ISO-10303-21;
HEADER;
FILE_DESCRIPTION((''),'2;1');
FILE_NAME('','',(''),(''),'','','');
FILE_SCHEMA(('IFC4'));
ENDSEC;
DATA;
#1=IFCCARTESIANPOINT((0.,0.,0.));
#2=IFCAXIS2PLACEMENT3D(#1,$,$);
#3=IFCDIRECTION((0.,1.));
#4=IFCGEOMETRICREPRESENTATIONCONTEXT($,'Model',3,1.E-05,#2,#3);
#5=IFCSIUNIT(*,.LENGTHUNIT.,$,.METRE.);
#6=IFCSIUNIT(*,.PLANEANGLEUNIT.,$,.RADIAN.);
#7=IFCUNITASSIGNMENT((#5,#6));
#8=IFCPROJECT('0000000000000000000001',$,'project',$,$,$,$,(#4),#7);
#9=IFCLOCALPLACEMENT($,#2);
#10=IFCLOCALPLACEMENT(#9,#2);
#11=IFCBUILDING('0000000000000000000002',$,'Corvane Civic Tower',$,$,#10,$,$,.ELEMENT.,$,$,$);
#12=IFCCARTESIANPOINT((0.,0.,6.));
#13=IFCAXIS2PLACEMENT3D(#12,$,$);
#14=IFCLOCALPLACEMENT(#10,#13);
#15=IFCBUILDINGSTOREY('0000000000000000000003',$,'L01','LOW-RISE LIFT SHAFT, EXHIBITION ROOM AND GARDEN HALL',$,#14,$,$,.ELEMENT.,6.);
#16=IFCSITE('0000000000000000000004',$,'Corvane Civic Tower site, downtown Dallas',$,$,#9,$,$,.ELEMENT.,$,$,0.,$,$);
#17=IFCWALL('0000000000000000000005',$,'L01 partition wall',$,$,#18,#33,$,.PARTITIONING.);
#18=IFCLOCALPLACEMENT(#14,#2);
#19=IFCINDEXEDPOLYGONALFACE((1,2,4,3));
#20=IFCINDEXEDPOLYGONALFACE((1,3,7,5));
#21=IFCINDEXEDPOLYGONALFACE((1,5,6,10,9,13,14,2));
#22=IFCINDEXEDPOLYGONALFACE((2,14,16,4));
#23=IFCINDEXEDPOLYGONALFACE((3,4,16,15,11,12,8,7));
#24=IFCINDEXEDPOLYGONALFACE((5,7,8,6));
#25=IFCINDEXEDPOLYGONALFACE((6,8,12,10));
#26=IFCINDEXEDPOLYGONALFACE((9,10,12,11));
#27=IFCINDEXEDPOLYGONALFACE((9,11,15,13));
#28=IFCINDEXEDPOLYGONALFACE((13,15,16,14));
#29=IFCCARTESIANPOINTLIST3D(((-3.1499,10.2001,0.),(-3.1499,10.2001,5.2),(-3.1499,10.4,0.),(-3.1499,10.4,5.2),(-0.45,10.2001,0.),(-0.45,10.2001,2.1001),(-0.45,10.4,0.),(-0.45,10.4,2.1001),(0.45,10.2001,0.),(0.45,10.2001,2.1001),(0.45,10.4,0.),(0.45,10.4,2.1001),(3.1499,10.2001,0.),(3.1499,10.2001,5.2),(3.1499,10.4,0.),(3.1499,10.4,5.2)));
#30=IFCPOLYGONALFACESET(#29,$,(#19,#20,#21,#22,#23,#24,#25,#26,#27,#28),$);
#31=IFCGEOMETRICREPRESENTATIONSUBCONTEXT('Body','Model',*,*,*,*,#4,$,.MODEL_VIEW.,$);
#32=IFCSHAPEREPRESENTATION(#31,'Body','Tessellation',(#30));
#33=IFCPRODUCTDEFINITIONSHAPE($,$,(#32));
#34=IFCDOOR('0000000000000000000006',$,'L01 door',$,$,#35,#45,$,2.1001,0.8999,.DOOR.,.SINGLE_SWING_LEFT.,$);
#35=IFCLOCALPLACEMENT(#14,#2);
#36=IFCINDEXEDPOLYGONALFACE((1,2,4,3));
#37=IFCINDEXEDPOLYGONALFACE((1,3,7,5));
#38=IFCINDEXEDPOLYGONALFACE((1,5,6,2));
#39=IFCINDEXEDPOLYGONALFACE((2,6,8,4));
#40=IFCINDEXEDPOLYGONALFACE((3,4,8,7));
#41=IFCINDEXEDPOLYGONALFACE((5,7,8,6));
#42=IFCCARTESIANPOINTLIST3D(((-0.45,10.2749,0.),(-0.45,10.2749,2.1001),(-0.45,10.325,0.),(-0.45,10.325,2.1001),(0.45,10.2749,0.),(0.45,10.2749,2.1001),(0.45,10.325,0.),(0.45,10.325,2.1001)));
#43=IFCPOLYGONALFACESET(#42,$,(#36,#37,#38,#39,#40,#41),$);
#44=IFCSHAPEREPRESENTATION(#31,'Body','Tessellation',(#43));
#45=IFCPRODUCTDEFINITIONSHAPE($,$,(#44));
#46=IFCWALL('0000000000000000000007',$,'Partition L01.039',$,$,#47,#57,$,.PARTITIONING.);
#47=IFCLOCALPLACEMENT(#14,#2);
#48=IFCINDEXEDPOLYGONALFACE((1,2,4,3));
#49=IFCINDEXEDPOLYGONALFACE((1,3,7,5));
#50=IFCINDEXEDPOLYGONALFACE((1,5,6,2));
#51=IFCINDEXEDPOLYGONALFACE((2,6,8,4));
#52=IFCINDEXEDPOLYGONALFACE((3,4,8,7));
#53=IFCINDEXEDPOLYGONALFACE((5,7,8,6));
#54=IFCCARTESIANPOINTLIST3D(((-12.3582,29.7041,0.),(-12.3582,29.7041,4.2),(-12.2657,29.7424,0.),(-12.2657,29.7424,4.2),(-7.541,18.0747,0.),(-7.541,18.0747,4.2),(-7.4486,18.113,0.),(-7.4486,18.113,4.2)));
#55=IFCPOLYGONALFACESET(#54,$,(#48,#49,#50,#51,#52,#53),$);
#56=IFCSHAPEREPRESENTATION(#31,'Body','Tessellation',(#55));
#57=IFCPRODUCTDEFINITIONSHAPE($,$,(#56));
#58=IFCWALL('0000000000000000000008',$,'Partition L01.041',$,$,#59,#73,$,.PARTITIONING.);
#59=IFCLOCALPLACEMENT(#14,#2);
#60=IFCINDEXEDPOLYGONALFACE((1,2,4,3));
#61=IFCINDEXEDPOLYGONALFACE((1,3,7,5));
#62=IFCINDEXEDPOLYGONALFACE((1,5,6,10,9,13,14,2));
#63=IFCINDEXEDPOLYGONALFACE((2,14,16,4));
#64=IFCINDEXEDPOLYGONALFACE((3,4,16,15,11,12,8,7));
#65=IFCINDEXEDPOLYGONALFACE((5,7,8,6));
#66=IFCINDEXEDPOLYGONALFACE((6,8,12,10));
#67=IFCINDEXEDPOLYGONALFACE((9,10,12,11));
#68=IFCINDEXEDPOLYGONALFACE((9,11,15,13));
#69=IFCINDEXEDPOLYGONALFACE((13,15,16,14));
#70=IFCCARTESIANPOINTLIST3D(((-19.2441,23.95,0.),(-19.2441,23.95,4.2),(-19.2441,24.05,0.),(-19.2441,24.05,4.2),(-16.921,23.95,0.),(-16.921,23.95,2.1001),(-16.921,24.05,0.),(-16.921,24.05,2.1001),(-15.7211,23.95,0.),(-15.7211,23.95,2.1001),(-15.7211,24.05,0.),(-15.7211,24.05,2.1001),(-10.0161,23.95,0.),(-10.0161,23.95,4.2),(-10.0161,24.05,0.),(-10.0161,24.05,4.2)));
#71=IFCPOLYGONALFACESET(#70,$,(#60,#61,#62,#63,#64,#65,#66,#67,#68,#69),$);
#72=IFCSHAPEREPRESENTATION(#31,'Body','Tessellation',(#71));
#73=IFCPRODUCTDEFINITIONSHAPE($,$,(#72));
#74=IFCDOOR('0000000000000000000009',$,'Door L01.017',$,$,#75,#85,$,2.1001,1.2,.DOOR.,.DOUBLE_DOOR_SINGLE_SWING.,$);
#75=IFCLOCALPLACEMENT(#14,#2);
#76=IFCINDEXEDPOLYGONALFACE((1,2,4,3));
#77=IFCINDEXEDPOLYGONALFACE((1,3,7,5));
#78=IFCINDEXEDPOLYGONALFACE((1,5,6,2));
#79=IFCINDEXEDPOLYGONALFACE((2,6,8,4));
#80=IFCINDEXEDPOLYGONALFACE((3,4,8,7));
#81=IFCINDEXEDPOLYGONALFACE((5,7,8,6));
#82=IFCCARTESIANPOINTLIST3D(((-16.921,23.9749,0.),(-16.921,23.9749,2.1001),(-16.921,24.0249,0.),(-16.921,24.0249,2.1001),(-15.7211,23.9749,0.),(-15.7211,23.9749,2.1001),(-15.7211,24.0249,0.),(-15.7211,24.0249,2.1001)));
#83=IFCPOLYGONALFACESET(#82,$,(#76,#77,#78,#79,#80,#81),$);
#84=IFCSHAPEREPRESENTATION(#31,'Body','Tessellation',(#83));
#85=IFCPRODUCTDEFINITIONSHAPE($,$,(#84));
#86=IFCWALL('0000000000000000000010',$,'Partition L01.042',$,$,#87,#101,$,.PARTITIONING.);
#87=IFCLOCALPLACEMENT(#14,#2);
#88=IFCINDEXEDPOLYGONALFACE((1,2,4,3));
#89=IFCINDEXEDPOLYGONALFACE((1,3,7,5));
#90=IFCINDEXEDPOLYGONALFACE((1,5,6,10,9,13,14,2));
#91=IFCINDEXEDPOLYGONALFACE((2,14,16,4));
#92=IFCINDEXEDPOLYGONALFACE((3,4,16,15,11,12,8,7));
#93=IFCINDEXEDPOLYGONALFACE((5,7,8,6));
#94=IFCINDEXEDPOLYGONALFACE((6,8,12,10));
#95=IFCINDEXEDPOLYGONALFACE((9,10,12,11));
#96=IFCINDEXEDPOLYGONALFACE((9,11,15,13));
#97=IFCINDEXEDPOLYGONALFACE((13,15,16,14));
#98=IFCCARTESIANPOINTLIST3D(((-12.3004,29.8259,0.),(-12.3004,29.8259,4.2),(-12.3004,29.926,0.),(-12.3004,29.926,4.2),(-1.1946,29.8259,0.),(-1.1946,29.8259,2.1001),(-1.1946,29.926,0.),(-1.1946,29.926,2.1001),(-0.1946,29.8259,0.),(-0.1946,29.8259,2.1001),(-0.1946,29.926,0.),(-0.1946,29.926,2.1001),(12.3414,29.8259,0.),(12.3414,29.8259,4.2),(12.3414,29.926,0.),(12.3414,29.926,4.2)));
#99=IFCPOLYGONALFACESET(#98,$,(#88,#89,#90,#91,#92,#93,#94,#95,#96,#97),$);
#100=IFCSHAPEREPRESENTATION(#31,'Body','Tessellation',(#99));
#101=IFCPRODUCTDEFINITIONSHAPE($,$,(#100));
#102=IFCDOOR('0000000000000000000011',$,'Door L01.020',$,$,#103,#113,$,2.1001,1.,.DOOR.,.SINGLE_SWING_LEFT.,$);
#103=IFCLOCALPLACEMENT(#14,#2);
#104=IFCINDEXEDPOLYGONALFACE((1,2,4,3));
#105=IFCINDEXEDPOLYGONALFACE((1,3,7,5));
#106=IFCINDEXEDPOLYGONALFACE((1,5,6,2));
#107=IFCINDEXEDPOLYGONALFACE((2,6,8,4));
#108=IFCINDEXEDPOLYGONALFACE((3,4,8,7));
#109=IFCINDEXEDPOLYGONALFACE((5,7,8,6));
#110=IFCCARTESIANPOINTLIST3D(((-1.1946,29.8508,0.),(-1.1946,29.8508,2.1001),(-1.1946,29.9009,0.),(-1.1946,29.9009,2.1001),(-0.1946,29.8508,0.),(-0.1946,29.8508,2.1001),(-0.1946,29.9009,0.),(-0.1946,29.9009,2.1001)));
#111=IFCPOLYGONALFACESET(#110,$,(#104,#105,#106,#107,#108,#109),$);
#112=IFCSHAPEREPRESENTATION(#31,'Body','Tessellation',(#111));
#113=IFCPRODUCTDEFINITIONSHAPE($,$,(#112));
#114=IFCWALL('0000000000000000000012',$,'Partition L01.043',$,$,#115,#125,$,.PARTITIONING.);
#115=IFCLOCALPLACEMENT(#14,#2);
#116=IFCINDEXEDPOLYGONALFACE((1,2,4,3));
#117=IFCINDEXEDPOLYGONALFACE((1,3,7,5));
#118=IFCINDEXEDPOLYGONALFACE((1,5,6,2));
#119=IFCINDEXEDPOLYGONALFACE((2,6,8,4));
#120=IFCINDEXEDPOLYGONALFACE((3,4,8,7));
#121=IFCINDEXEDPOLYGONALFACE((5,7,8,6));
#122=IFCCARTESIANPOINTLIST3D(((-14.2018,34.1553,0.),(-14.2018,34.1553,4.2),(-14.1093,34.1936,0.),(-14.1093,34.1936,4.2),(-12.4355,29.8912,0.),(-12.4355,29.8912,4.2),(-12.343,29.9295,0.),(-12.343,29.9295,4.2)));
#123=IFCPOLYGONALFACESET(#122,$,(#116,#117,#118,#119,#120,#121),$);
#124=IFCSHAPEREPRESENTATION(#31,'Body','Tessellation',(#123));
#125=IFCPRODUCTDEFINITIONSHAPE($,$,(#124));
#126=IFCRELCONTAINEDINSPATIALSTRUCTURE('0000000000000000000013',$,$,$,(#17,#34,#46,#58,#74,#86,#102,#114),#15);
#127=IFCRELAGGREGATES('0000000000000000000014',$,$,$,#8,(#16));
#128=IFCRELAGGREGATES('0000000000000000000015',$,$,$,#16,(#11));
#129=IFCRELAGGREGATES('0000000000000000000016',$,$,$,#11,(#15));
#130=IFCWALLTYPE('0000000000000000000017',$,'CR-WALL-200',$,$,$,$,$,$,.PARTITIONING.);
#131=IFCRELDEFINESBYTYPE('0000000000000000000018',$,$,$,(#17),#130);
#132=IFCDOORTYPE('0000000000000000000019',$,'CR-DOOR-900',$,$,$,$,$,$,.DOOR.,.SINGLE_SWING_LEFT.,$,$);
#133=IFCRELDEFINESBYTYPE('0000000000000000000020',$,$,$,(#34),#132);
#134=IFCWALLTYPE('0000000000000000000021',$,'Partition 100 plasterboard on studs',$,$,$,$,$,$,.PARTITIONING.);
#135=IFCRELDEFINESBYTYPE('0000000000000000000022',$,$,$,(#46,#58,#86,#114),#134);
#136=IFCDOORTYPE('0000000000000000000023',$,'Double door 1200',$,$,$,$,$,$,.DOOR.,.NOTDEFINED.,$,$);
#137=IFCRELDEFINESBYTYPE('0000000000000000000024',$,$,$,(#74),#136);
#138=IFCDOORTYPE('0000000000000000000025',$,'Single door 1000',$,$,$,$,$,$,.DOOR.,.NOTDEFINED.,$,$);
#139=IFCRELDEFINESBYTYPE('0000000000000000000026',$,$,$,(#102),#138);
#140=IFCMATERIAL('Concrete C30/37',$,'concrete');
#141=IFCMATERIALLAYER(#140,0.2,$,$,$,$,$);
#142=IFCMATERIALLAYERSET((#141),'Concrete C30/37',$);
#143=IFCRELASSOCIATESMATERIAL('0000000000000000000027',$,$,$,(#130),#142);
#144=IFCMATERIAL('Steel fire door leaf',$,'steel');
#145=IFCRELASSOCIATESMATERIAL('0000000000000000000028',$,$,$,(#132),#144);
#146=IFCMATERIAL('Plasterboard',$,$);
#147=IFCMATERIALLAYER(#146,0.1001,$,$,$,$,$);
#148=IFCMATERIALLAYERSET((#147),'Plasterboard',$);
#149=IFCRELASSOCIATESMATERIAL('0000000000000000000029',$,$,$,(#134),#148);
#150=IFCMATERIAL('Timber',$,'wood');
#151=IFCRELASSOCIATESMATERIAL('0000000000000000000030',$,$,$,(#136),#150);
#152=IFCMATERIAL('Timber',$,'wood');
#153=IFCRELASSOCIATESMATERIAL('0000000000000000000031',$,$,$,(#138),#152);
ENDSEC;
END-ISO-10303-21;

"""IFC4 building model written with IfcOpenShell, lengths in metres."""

from ifc_helpers import new_model, si_unit, direction, frame, frame_2d, origin, place, context, subcontext, project, spatial, rectangle, extrude, material, layer, layer_set, type_object, element, fill, save


model = new_model("IFC4")

# Units and contexts
model_context = context("Model", 3, precision=1e-05, world=origin(), true_north=direction((0.0, 1.0)))
body_context = subcontext(model_context, "Body", "Model", "MODEL_VIEW")
ifc_project = project(units=[si_unit("LENGTHUNIT", "METRE"), si_unit("PLANEANGLEUNIT", "RADIAN")], contexts=[model_context])

# Site, building, storey
site_placement = place(None, origin())
site = spatial("IfcSite", under=ifc_project, at=site_placement, Name="Corvane Civic Tower site, downtown Dallas", CompositionType="ELEMENT", RefElevation=0.0)
building_placement = place(site_placement, origin())
building = spatial("IfcBuilding", under=site, at=building_placement, Name="Corvane Civic Tower", CompositionType="ELEMENT")
storey_placement = place(building_placement, frame((0.0, 0.0, 6.0)))
storey = spatial("IfcBuildingStorey", under=building, at=storey_placement, Name="L01", Description="LOW-RISE LIFT SHAFT, EXHIBITION ROOM AND GARDEN HALL", CompositionType="ELEMENT", Elevation=6.0)

# Wall, opening, door
ifc_material_1 = material(Name="Concrete C30/37", Category="concrete")
ifc_layer_1 = layer(ifc_material_1, 0.2)
ifc_layer_set_1 = layer_set([ifc_layer_1], Name="Concrete C30/37")
wall_type_1 = type_object("IfcWallType", Name="CR-WALL-200", PredefinedType="PARTITIONING", material=ifc_layer_set_1)
wall_1_placement = place(storey_placement, frame((-3.1499, 10.3, 0.0), z_axis=(0.0, 0.0, 1.0), x_axis=(1.0, 0.0, 0.0)))
wall_1 = element("IfcWall", 1, at=wall_1_placement, inside=storey, type_object=wall_type_1, Name="L01 partition wall", PredefinedType="PARTITIONING", context=body_context, shape_type="SweptSolid", body=[
    extrude(rectangle(XDim=6.2998, YDim=0.2, at=frame_2d((3.1499, 0.0))), origin(), (0.0, 0.0, 1.0), 5.2),
])
opening_1_placement = place(wall_1_placement, frame((2.7, 0.0, 0.0)))
opening_1 = element("IfcOpeningElement", 2, at=opening_1_placement, cuts=wall_1, PredefinedType="OPENING", context=body_context, shape_type="SweptSolid", body=[
    extrude(rectangle(XDim=0.8999, YDim=2.1001, at=frame_2d((0.45, 1.05))), frame((0.0, 0.1099, 0.0), z_axis=(0.0, -1.0, 0.0), x_axis=(1.0, 0.0, 0.0)), (0.0, 0.0, 1.0), 0.22),
])
ifc_material_2 = material(Name="Steel fire door leaf", Category="steel")
door_type_1 = type_object("IfcDoorType", Name="CR-DOOR-900", OperationType="SINGLE_SWING_LEFT", PredefinedType="DOOR", material=ifc_material_2)
door_1_placement = place(opening_1_placement, origin())
door_1 = element("IfcDoor", 3, at=door_1_placement, inside=storey, type_object=door_type_1, Name="L01 door", OperationType="SINGLE_SWING_LEFT", OverallHeight=2.1001, OverallWidth=0.8999, PredefinedType="DOOR", context=body_context, shape_type="SweptSolid", body=[
    extrude(rectangle(XDim=0.8999, YDim=2.1001, at=frame_2d((0.45, 1.05))), frame((0.0, 0.0249, 0.0), z_axis=(0.0, -1.0, 0.0), x_axis=(1.0, 0.0, 0.0)), (0.0, 0.0, 1.0), 0.05),
])
fill(opening_1, door_1)

# Wall
ifc_material_3 = material(Name="Plasterboard")
ifc_layer_2 = layer(ifc_material_3, 0.1001)
ifc_layer_set_2 = layer_set([ifc_layer_2], Name="Plasterboard")
wall_type_2 = type_object("IfcWallType", Name="Partition 100 plasterboard on studs", PredefinedType="PARTITIONING", material=ifc_layer_set_2)
wall_2_placement = place(storey_placement, frame((-12.312, 29.7234, 0.0), z_axis=(0.0, 0.0, 1.0), x_axis=(0.382689, -0.923877, 0.0)))
element("IfcWall", 4, at=wall_2_placement, inside=storey, type_object=wall_type_2, Name="Partition L01.039", PredefinedType="PARTITIONING", context=body_context, shape_type="SweptSolid", body=[
    extrude(rectangle(XDim=12.5876, YDim=0.1001, at=frame_2d((6.2939, 0.0))), origin(), (0.0, 0.0, 1.0), 4.2),
])

# Walls, openings, doors
wall_3_placement = place(storey_placement, frame((-19.2441, 24.0, 0.0), z_axis=(0.0, 0.0, 1.0), x_axis=(1.0, 0.0, 0.0)))
wall_3 = element("IfcWall", 5, at=wall_3_placement, inside=storey, type_object=wall_type_2, Name="Partition L01.041", PredefinedType="PARTITIONING", context=body_context, shape_type="SweptSolid", body=[
    extrude(rectangle(XDim=9.228, YDim=0.1001, at=frame_2d((4.614, 0.0))), origin(), (0.0, 0.0, 1.0), 4.2),
])
opening_2_placement = place(wall_3_placement, frame((2.323, 0.0, 0.0)))
opening_2 = element("IfcOpeningElement", 6, at=opening_2_placement, cuts=wall_3, PredefinedType="OPENING", context=body_context, shape_type="SweptSolid", body=[
    extrude(rectangle(XDim=1.2, YDim=2.1001, at=frame_2d((0.6001, 1.05))), frame((0.0, 0.0601, 0.0), z_axis=(0.0, -1.0, 0.0), x_axis=(1.0, 0.0, 0.0)), (0.0, 0.0, 1.0), 0.1201),
])
ifc_material_4 = material(Name="Timber", Category="wood")
door_type_2 = type_object("IfcDoorType", Name="Double door 1200", OperationType="NOTDEFINED", PredefinedType="DOOR", material=ifc_material_4)
door_2_placement = place(opening_2_placement, origin())
door_2 = element("IfcDoor", 7, at=door_2_placement, inside=storey, type_object=door_type_2, Name="Door L01.017", OperationType="DOUBLE_DOOR_SINGLE_SWING", OverallHeight=2.1001, OverallWidth=1.2, PredefinedType="DOOR", context=body_context, shape_type="SweptSolid", body=[
    extrude(rectangle(XDim=1.2, YDim=2.1001, at=frame_2d((0.6001, 1.05))), frame((0.0, 0.0249, 0.0), z_axis=(0.0, -1.0, 0.0), x_axis=(1.0, 0.0, 0.0)), (0.0, 0.0, 1.0), 0.05),
])
fill(opening_2, door_2)
wall_4_placement = place(storey_placement, frame((-12.3003, 29.876, 0.0), z_axis=(0.0, 0.0, 1.0), x_axis=(1.0, 0.0, 0.0)))
wall_4 = element("IfcWall", 8, at=wall_4_placement, inside=storey, type_object=wall_type_2, Name="Partition L01.042", PredefinedType="PARTITIONING", context=body_context, shape_type="SweptSolid", body=[
    extrude(rectangle(XDim=24.6418, YDim=0.1001, at=frame_2d((12.3208, 0.0))), origin(), (0.0, 0.0, 1.0), 4.2),
])
opening_3_placement = place(wall_4_placement, frame((11.1057, 0.0, 0.0)))
opening_3 = element("IfcOpeningElement", 9, at=opening_3_placement, cuts=wall_4, PredefinedType="OPENING", context=body_context, shape_type="SweptSolid", body=[
    extrude(rectangle(XDim=1.0, YDim=2.1001, at=frame_2d((0.5, 1.05))), frame((0.0, 0.0601, 0.0), z_axis=(0.0, -1.0, 0.0), x_axis=(1.0, 0.0, 0.0)), (0.0, 0.0, 1.0), 0.1201),
])
ifc_material_5 = material(Name="Timber", Category="wood")
door_type_3 = type_object("IfcDoorType", Name="Single door 1000", OperationType="NOTDEFINED", PredefinedType="DOOR", material=ifc_material_5)
door_3_placement = place(opening_3_placement, origin())
door_3 = element("IfcDoor", 10, at=door_3_placement, inside=storey, type_object=door_type_3, Name="Door L01.020", OperationType="SINGLE_SWING_LEFT", OverallHeight=2.1001, OverallWidth=1.0, PredefinedType="DOOR", context=body_context, shape_type="SweptSolid", body=[
    extrude(rectangle(XDim=1.0, YDim=2.1001, at=frame_2d((0.5, 1.05))), frame((0.0, 0.0249, 0.0), z_axis=(0.0, -1.0, 0.0), x_axis=(1.0, 0.0, 0.0)), (0.0, 0.0, 1.0), 0.05),
])
fill(opening_3, door_3)

# Wall
wall_5_placement = place(storey_placement, frame((-14.1555, 34.1743, 0.0), z_axis=(0.0, 0.0, 1.0), x_axis=(0.382699, -0.923873, 0.0)))
element("IfcWall", 11, at=wall_5_placement, inside=storey, type_object=wall_type_2, Name="Partition L01.043", PredefinedType="PARTITIONING", context=body_context, shape_type="SweptSolid", body=[
    extrude(rectangle(XDim=4.6155, YDim=0.1001, at=frame_2d((2.3076, 0.0))), origin(), (0.0, 0.0, 1.0), 4.2),
])

save(model, "model.ifc")
